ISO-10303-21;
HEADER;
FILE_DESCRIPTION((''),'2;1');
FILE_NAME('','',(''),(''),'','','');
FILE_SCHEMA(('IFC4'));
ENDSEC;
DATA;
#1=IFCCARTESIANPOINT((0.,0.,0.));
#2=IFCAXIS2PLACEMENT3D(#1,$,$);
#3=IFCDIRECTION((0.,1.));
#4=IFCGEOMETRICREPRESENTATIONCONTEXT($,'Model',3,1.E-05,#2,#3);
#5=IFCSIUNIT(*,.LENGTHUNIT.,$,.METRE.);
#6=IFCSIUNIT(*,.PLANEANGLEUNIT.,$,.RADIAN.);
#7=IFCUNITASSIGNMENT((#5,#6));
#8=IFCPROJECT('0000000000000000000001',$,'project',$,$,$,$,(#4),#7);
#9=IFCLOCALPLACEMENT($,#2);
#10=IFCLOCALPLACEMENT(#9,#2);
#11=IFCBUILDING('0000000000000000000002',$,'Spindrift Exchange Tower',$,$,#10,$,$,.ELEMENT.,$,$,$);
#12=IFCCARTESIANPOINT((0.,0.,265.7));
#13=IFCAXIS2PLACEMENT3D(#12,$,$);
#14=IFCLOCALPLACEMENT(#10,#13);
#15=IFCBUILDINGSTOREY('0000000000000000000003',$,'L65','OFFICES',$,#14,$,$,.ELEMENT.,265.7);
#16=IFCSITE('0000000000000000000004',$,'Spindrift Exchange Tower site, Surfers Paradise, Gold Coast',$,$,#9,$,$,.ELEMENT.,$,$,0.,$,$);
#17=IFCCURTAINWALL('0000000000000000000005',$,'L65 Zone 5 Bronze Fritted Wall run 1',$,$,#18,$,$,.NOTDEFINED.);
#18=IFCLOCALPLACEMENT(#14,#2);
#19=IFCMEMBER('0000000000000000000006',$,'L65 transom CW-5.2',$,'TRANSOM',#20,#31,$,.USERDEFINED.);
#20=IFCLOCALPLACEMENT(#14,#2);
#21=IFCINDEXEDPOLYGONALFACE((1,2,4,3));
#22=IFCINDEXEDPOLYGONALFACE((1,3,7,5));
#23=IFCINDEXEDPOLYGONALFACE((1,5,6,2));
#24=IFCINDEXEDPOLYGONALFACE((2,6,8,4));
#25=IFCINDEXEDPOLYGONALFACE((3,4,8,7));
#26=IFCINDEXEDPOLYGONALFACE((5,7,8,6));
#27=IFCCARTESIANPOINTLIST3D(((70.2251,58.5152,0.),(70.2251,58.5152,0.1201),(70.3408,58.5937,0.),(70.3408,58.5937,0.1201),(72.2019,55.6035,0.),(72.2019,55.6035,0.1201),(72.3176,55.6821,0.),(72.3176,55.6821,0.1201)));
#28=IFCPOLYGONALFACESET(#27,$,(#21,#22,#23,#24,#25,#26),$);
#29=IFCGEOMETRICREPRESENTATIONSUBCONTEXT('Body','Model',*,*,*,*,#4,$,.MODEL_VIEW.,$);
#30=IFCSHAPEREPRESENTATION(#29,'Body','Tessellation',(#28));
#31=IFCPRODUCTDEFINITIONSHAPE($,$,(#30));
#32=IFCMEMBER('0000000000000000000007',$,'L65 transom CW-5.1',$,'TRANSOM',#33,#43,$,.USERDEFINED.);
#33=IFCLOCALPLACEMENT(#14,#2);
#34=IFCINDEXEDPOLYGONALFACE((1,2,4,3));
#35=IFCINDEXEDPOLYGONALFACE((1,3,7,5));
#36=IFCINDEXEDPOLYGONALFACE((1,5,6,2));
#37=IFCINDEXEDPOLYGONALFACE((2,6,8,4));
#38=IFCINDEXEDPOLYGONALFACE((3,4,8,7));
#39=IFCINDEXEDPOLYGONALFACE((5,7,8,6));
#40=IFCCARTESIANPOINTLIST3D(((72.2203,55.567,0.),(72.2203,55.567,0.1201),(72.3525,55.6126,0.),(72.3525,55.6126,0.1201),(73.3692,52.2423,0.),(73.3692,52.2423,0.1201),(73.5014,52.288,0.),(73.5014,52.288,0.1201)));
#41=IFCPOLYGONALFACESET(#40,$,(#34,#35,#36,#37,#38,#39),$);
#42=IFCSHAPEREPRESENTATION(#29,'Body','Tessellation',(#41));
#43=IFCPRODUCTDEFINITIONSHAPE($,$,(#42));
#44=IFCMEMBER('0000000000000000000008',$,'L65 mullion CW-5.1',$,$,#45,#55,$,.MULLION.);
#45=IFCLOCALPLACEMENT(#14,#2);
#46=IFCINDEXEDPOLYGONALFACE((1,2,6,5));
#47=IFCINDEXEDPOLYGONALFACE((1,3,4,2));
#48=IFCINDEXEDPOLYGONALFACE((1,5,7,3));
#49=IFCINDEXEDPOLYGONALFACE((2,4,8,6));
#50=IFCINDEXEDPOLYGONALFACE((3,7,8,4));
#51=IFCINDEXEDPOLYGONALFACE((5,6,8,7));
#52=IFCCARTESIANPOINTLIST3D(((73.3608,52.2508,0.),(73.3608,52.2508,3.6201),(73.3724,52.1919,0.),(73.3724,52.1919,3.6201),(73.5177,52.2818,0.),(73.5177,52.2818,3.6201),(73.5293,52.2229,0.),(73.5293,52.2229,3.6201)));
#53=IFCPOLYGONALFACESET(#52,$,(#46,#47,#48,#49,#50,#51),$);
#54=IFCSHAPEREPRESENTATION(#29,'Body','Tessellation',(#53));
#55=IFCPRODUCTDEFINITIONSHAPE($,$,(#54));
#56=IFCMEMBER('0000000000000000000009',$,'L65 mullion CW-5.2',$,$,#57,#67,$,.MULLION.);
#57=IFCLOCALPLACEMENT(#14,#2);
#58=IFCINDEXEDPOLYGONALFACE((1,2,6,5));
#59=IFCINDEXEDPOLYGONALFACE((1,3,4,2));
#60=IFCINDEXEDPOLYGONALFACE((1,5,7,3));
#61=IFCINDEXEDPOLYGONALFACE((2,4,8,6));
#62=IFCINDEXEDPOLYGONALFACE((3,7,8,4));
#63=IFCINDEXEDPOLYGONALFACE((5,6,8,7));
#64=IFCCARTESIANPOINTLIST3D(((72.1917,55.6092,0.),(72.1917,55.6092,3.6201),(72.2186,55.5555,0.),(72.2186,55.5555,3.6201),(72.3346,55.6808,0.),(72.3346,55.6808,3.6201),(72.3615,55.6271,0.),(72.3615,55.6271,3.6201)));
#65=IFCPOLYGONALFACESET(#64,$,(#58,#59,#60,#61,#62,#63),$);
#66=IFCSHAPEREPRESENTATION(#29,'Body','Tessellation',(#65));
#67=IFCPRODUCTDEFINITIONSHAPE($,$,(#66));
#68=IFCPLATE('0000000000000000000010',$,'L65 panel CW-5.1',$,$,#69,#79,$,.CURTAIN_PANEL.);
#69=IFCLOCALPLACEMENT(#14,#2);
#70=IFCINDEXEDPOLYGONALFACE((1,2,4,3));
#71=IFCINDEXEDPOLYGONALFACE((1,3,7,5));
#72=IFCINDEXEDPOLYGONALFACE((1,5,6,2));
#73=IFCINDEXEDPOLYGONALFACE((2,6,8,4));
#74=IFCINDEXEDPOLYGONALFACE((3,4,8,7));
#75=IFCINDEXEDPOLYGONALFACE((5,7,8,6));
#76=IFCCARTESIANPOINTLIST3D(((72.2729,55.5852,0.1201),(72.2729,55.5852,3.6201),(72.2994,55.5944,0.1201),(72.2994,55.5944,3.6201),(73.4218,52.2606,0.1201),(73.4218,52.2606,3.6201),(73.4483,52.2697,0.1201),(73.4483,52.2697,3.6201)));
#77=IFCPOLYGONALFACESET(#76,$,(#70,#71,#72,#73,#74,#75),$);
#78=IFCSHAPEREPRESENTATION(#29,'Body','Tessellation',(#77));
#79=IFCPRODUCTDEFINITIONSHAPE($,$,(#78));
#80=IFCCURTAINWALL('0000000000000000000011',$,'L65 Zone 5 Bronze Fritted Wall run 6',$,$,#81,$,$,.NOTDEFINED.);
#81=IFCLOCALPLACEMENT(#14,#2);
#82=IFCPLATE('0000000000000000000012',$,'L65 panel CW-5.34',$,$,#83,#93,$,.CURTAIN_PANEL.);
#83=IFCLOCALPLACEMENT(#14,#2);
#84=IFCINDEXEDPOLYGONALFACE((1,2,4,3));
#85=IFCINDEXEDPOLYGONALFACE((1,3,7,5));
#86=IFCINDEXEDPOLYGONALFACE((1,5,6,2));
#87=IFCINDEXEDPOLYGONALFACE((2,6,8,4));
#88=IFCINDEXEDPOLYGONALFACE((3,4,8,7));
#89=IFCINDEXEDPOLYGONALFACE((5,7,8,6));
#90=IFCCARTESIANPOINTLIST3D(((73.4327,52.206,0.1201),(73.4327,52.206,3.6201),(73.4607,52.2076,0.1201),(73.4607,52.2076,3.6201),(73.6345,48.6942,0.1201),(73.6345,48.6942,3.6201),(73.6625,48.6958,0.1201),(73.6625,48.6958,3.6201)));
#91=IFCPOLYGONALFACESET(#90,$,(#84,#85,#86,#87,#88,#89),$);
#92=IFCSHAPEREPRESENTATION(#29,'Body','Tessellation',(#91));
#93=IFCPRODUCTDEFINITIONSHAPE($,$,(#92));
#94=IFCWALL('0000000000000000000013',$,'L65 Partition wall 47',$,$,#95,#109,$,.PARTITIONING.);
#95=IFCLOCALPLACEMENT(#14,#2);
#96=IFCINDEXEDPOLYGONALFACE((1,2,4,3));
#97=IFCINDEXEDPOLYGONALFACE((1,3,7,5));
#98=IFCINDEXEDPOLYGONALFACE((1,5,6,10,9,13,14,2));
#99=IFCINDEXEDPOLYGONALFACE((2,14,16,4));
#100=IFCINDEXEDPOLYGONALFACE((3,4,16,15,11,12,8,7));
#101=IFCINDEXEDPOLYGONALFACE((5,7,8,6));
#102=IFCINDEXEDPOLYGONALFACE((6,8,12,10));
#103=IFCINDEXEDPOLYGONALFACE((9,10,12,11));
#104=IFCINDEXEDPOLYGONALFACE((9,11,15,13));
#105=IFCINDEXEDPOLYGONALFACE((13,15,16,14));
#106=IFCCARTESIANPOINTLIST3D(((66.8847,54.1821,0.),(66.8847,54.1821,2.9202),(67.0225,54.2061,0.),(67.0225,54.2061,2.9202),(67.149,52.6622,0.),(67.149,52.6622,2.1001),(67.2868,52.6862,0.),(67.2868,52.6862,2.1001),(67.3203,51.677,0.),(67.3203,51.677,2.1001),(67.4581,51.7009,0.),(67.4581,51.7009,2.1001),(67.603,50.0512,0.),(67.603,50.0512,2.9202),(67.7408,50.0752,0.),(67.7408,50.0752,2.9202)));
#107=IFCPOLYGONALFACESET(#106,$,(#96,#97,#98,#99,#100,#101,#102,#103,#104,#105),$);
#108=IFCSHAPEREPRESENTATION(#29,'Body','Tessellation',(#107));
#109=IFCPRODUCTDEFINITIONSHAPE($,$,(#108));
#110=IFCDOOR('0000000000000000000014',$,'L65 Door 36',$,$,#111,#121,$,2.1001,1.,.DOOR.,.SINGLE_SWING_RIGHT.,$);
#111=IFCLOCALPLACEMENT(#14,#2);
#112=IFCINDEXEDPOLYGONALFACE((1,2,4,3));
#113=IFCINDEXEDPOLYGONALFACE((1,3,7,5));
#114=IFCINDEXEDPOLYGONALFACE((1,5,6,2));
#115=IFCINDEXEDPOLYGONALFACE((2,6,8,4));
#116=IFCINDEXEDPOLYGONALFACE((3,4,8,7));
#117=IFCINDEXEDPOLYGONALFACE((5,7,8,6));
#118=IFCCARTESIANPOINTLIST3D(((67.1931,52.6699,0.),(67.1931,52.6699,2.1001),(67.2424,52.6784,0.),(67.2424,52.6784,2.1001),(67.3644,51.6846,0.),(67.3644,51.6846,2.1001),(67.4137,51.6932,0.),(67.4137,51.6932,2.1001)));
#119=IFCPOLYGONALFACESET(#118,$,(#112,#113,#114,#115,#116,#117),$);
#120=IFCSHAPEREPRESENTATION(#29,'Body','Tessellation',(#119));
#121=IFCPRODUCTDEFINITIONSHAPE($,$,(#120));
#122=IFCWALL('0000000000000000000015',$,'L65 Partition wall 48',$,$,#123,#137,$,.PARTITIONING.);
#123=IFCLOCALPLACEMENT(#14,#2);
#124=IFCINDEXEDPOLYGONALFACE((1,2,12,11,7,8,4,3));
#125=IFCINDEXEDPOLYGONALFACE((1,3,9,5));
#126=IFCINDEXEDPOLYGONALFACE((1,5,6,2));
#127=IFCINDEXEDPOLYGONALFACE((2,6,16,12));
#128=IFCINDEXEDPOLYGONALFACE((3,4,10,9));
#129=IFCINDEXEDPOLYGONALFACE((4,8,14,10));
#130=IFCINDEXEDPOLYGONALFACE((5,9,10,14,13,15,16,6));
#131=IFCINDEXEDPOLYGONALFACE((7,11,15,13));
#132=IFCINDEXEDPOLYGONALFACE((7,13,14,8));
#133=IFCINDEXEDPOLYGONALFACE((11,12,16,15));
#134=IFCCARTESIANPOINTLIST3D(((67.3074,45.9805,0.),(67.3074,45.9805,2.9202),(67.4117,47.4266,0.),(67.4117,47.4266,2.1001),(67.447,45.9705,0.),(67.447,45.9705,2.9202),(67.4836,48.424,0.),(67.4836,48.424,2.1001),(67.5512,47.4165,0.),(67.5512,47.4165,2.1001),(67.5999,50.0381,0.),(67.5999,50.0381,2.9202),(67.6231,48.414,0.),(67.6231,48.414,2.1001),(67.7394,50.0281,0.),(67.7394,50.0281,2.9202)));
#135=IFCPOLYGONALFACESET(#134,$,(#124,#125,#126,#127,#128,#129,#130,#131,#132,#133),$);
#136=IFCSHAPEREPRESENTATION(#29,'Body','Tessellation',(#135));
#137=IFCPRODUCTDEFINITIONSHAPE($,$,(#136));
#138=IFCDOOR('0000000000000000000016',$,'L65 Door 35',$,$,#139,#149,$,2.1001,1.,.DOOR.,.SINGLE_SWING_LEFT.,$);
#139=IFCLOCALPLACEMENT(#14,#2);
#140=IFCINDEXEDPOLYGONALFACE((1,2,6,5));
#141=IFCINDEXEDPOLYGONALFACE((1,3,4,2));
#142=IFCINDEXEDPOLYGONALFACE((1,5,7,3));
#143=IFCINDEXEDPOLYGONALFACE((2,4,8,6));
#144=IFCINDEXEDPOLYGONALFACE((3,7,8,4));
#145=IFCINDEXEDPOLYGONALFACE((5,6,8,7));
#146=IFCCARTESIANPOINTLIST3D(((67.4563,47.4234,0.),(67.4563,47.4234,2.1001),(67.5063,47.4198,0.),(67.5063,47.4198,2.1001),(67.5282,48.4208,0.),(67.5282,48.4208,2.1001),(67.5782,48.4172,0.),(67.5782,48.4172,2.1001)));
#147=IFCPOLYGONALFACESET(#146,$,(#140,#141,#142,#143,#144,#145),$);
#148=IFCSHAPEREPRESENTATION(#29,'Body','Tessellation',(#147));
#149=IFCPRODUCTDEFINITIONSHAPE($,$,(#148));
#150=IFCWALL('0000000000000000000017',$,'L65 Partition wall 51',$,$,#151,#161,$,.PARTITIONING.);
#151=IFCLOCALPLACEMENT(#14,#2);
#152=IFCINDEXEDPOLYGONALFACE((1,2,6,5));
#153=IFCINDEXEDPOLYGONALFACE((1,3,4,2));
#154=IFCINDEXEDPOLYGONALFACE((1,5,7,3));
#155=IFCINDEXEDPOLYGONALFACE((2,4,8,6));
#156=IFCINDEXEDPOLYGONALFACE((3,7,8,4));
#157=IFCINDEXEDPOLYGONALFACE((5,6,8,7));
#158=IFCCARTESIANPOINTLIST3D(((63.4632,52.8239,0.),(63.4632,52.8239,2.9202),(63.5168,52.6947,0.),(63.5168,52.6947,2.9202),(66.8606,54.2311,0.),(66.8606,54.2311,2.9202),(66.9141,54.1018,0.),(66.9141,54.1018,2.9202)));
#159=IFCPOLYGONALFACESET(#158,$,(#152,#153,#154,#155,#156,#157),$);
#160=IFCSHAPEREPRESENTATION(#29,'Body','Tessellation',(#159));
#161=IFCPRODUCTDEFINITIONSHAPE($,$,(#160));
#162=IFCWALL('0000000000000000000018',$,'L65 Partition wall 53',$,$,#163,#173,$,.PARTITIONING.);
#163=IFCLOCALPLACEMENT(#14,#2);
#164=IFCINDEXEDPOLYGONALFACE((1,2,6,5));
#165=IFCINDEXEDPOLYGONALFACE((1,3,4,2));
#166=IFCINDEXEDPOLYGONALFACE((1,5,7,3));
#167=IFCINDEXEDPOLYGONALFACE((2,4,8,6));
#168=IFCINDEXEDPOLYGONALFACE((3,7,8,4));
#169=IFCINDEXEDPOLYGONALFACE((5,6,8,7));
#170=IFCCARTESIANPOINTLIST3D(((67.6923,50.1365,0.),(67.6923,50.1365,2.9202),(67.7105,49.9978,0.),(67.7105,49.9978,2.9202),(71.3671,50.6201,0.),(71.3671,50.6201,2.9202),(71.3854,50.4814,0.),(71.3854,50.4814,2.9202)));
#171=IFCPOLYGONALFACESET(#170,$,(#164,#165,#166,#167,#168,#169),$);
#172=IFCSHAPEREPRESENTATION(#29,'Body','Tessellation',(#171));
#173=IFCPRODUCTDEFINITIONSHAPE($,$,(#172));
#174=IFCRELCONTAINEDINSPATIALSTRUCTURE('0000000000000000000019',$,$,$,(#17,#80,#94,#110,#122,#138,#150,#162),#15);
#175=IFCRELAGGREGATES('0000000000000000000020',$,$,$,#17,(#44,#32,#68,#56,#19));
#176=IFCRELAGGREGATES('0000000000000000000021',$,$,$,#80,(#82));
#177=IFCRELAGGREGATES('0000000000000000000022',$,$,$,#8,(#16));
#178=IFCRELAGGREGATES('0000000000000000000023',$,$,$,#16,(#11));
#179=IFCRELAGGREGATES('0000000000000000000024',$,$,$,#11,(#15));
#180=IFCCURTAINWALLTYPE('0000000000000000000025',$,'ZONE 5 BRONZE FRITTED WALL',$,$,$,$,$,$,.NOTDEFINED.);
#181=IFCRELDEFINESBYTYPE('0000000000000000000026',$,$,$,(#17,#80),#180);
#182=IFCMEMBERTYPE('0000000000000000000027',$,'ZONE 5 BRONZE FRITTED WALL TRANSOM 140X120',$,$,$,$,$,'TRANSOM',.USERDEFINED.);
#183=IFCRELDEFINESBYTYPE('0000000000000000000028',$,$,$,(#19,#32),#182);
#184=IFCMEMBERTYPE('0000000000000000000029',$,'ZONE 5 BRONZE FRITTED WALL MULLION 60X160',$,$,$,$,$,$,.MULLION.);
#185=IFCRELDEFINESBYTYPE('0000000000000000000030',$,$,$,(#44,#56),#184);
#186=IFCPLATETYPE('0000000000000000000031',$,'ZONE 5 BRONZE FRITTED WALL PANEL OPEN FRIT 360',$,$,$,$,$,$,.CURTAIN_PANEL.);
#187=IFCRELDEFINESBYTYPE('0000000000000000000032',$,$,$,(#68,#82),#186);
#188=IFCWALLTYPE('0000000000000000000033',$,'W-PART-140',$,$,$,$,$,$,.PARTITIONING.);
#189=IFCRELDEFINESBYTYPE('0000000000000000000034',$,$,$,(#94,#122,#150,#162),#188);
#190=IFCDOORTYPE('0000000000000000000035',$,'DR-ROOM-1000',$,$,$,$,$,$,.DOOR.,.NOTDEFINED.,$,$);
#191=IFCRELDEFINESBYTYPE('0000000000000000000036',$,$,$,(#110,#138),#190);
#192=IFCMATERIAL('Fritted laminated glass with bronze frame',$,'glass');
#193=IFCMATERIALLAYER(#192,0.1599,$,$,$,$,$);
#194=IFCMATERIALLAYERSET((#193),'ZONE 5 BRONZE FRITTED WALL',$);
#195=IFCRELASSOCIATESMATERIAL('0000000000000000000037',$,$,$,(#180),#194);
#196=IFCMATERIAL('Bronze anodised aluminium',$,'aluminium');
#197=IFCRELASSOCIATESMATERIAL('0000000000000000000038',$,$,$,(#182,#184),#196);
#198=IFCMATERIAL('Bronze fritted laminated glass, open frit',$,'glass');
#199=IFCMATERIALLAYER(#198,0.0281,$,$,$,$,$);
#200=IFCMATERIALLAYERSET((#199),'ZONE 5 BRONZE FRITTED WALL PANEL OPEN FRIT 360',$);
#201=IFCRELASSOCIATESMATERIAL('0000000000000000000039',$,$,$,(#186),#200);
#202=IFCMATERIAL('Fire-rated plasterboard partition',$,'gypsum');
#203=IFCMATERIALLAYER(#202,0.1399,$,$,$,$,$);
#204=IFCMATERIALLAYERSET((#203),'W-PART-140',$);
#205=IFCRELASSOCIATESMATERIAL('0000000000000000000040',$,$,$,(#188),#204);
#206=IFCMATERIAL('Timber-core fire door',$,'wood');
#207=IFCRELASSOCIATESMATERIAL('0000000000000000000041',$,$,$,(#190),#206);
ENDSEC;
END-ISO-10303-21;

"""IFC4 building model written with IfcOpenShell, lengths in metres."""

from ifc_helpers import new_model, si_unit, direction, frame, frame_2d, origin, origin_2d, place, context, subcontext, project, spatial, rectangle, extrude, source, transform, mapped, material, layer, layer_set, material_profile, profile_set, type_object, element, fill, aggregate, save


model = new_model("IFC4")

# Units and contexts
model_context = context("Model", 3, precision=1e-05, world=origin(), true_north=direction((0.0, 1.0)))
body_context = subcontext(model_context, "Body", "Model", "MODEL_VIEW")
ifc_project = project(units=[si_unit("LENGTHUNIT", "METRE"), si_unit("PLANEANGLEUNIT", "RADIAN")], contexts=[model_context])

# Site, building, storey
site_placement = place(None, origin())
site = spatial("IfcSite", under=ifc_project, at=site_placement, Name="Spindrift Exchange Tower site, Surfers Paradise, Gold Coast", CompositionType="ELEMENT", RefElevation=0.0)
building_placement = place(site_placement, origin())
building = spatial("IfcBuilding", under=site, at=building_placement, Name="Spindrift Exchange Tower", CompositionType="ELEMENT")
storey_placement = place(building_placement, frame((0.0, 0.0, 265.7)))
storey = spatial("IfcBuildingStorey", under=building, at=storey_placement, Name="L65", Description="OFFICES", CompositionType="ELEMENT", Elevation=265.7)

# Curtain wall, members, plate
ifc_material_1 = material(Name="Fritted laminated glass with bronze frame", Category="glass")
ifc_layer_1 = layer(ifc_material_1, 0.1599)
ifc_layer_set_1 = layer_set([ifc_layer_1], Name="ZONE 5 BRONZE FRITTED WALL")
curtain_wall_type = type_object("IfcCurtainWallType", Name="ZONE 5 BRONZE FRITTED WALL", PredefinedType="NOTDEFINED", material=ifc_layer_set_1)
curtain_wall_1_placement = place(storey_placement, origin())
curtain_wall_1 = element("IfcCurtainWall", 1, at=curtain_wall_1_placement, inside=storey, type_object=curtain_wall_type, Name="L65 Zone 5 Bronze Fritted Wall run 1", PredefinedType="NOTDEFINED")
ifc_material_2 = material(Name="Bronze anodised aluminium", Category="aluminium")
ifc_material_profile_1 = material_profile(ifc_material_2, rectangle(XDim=0.1399, YDim=0.1201, at=origin_2d()), Name="ZONE 5 BRONZE FRITTED WALL TRANSOM 140X120")
ifc_profile_set_1 = profile_set([ifc_material_profile_1], Name="Bronze anodised aluminium")
member_type_1 = type_object("IfcMemberType", Name="ZONE 5 BRONZE FRITTED WALL TRANSOM 140X120", ElementType="TRANSOM", PredefinedType="USERDEFINED", material=ifc_profile_set_1)
shared_shape_1 = source(origin(), body_context, "Body", "SweptSolid", [
    extrude(rectangle(XDim=0.1399, YDim=0.1201, at=origin_2d()), origin(), (0.0, 0.0, 1.0), 3.5193),
])
member_1_placement = place(storey_placement, frame((72.2598, 55.6428, 0.0601), z_axis=(-0.561708, 0.827335, 0.0), x_axis=(-0.827335, -0.561708, 0.0)))
member_1 = element("IfcMember", 2, at=member_1_placement, type_object=member_type_1, Name="L65 transom CW-5.2", ObjectType="TRANSOM", PredefinedType="USERDEFINED", context=body_context, shape_type="MappedRepresentation", body=[
    mapped(shared_shape_1, transform((0.0, 0.0, 0.0), scale=1.0)),
])
shared_shape_2 = source(origin(), body_context, "Body", "SweptSolid", [
    extrude(rectangle(XDim=0.1399, YDim=0.1201, at=origin_2d()), origin(), (0.0, 0.0, 1.0), 3.5176),
])
member_2_placement = place(storey_placement, frame((73.4353, 52.2651, 0.0601), z_axis=(-0.326619, 0.945156, 0.0), x_axis=(-0.945156, -0.326619, 0.0)))
member_2 = element("IfcMember", 3, at=member_2_placement, type_object=member_type_1, Name="L65 transom CW-5.1", ObjectType="TRANSOM", PredefinedType="USERDEFINED", context=body_context, shape_type="MappedRepresentation", body=[
    mapped(shared_shape_2, transform((0.0, 0.0, 0.0), scale=1.0)),
])
ifc_material_profile_2 = material_profile(ifc_material_2, rectangle(XDim=0.0601, YDim=0.1599, at=origin_2d()), Name="ZONE 5 BRONZE FRITTED WALL MULLION 60X160")
ifc_profile_set_2 = profile_set([ifc_material_profile_2], Name="Bronze anodised aluminium")
member_type_2 = type_object("IfcMemberType", Name="ZONE 5 BRONZE FRITTED WALL MULLION 60X160", PredefinedType="MULLION", material=ifc_profile_set_2)
shared_shape_3 = source(origin(), body_context, "Body", "SweptSolid", [
    extrude(rectangle(XDim=0.0601, YDim=0.1599, at=origin_2d()), origin(), (0.0, 0.0, 1.0), 3.6201),
])
member_3_placement = place(storey_placement, frame((73.4451, 52.2368, 0.0), z_axis=(0.0, 0.0, 1.0), x_axis=(-0.193821, 0.981037, 0.0)))
member_3 = element("IfcMember", 4, at=member_3_placement, type_object=member_type_2, Name="L65 mullion CW-5.1", PredefinedType="MULLION", context=body_context, shape_type="MappedRepresentation", body=[
    mapped(shared_shape_3, transform((0.0, 0.0, 0.0), scale=1.0)),
])
member_4_placement = place(storey_placement, frame((72.2766, 55.6182, 0.0), z_axis=(0.0, 0.0, 1.0), x_axis=(-0.448055, 0.894006, 0.0)))
member_4 = element("IfcMember", 5, at=member_4_placement, type_object=member_type_2, Name="L65 mullion CW-5.2", PredefinedType="MULLION", context=body_context, shape_type="MappedRepresentation", body=[
    mapped(shared_shape_3, transform((0.0, 0.0, 0.0), scale=1.0)),
])
ifc_material_3 = material(Name="Bronze fritted laminated glass, open frit", Category="glass")
ifc_layer_2 = layer(ifc_material_3, 0.0281)
ifc_layer_set_2 = layer_set([ifc_layer_2], Name="ZONE 5 BRONZE FRITTED WALL PANEL OPEN FRIT 360")
plate_type = type_object("IfcPlateType", Name="ZONE 5 BRONZE FRITTED WALL PANEL OPEN FRIT 360", PredefinedType="CURTAIN_PANEL", material=ifc_layer_set_2)
shared_shape_4 = source(origin(), body_context, "Body", "SweptSolid", [
    extrude(rectangle(XDim=3.5176, YDim=0.0281, at=origin_2d()), origin(), (0.0, 0.0, 1.0), 3.5),
])
plate_1_placement = place(storey_placement, frame((72.8606, 53.9275, 0.1201), z_axis=(0.0, 0.0, 1.0), x_axis=(-0.326616, 0.945157, 0.0)))
plate_1 = element("IfcPlate", 6, at=plate_1_placement, type_object=plate_type, Name="L65 panel CW-5.1", PredefinedType="CURTAIN_PANEL", context=body_context, shape_type="MappedRepresentation", body=[
    mapped(shared_shape_4, transform((0.0, 0.0, 0.0), scale=1.0)),
])
aggregate(curtain_wall_1, [member_3, member_2, plate_1, member_4, member_1])

# Curtain wall, plate
curtain_wall_2_placement = place(storey_placement, origin())
curtain_wall_2 = element("IfcCurtainWall", 7, at=curtain_wall_2_placement, inside=storey, type_object=curtain_wall_type, Name="L65 Zone 5 Bronze Fritted Wall run 6", PredefinedType="NOTDEFINED")
plate_2_placement = place(storey_placement, frame((73.5476, 50.4509, 0.1201), z_axis=(0.0, 0.0, 1.0), x_axis=(-0.057358, 0.998354, 0.0)))
plate_2 = element("IfcPlate", 8, at=plate_2_placement, type_object=plate_type, Name="L65 panel CW-5.34", PredefinedType="CURTAIN_PANEL", context=body_context, shape_type="MappedRepresentation", body=[
    mapped(shared_shape_4, transform((0.0, 0.0, 0.0), scale=1.0)),
])
aggregate(curtain_wall_2, [plate_2])

# Walls, openings, doors
ifc_material_4 = material(Name="Fire-rated plasterboard partition", Category="gypsum")
ifc_layer_3 = layer(ifc_material_4, 0.1399)
ifc_layer_set_3 = layer_set([ifc_layer_3], Name="W-PART-140")
wall_type = type_object("IfcWallType", Name="W-PART-140", PredefinedType="PARTITIONING", material=ifc_layer_set_3)
wall_1_placement = place(storey_placement, frame((66.9536, 54.1941, 0.0), z_axis=(0.0, 0.0, 1.0), x_axis=(0.171307, -0.985218, 0.0)))
wall_1 = element("IfcWall", 9, at=wall_1_placement, inside=storey, type_object=wall_type, Name="L65 Partition wall 47", PredefinedType="PARTITIONING", context=body_context, shape_type="SweptSolid", body=[
    extrude(rectangle(XDim=4.1929, YDim=0.1399, at=frame_2d((2.0964, 0.0))), origin(), (0.0, 0.0, 1.0), 2.9202),
])
opening_1_placement = place(wall_1_placement, frame((1.5427, 0.0, 0.0)))
opening_1 = element("IfcOpeningElement", 10, at=opening_1_placement, cuts=wall_1, PredefinedType="OPENING", context=body_context, shape_type="SweptSolid", body=[
    extrude(rectangle(XDim=1.0, YDim=2.1001, at=frame_2d((0.5, 1.05))), frame((0.0, 0.0798, 0.0), z_axis=(0.0, -1.0, 0.0), x_axis=(1.0, 0.0, 0.0)), (0.0, 0.0, 1.0), 0.1599),
])
ifc_material_5 = material(Name="Timber-core fire door", Category="wood")
door_type = type_object("IfcDoorType", Name="DR-ROOM-1000", OperationType="NOTDEFINED", PredefinedType="DOOR", material=ifc_material_5)
shared_shape_5 = source(origin(), body_context, "Body", "SweptSolid", [
    extrude(rectangle(XDim=1.0, YDim=2.1001, at=frame_2d((0.5, 1.05))), frame((0.0, 0.0249, 0.0), z_axis=(0.0, -1.0, 0.0), x_axis=(1.0, 0.0, 0.0)), (0.0, 0.0, 1.0), 0.05),
])
door_1_placement = place(opening_1_placement, origin())
door_1 = element("IfcDoor", 11, at=door_1_placement, inside=storey, type_object=door_type, Name="L65 Door 36", OperationType="SINGLE_SWING_RIGHT", OverallHeight=2.1001, OverallWidth=1.0, PredefinedType="DOOR", context=body_context, shape_type="MappedRepresentation", body=[
    mapped(shared_shape_5, transform((0.0, 0.0, 0.0), scale=1.0)),
])
fill(opening_1, door_1)
wall_2_placement = place(storey_placement, frame((67.6697, 50.0332, 0.0), z_axis=(0.0, 0.0, 1.0), x_axis=(-0.071895, -0.997412, 0.0)))
wall_2 = element("IfcWall", 12, at=wall_2_placement, inside=storey, type_object=wall_type, Name="L65 Partition wall 48", PredefinedType="PARTITIONING", context=body_context, shape_type="SweptSolid", body=[
    extrude(rectangle(XDim=4.0681, YDim=0.1399, at=frame_2d((2.0342, 0.0))), origin(), (0.0, 0.0, 1.0), 2.9202),
])
opening_2_placement = place(wall_2_placement, frame((1.6184, 0.0, 0.0)))
opening_2 = element("IfcOpeningElement", 13, at=opening_2_placement, cuts=wall_2, PredefinedType="OPENING", context=body_context, shape_type="SweptSolid", body=[
    extrude(rectangle(XDim=1.0, YDim=2.1001, at=frame_2d((0.5, 1.05))), frame((0.0, 0.0798, 0.0), z_axis=(0.0, -1.0, 0.0), x_axis=(1.0, 0.0, 0.0)), (0.0, 0.0, 1.0), 0.1599),
])
door_2_placement = place(opening_2_placement, origin())
door_2 = element("IfcDoor", 14, at=door_2_placement, inside=storey, type_object=door_type, Name="L65 Door 35", OperationType="SINGLE_SWING_LEFT", OverallHeight=2.1001, OverallWidth=1.0, PredefinedType="DOOR", context=body_context, shape_type="MappedRepresentation", body=[
    mapped(shared_shape_5, transform((0.0, 0.0, 0.0), scale=1.0)),
])
fill(opening_2, door_2)

# Walls
wall_3_placement = place(storey_placement, frame((63.49, 52.7593, 0.0), z_axis=(0.0, 0.0, 1.0), x_axis=(0.923884, 0.382672, 0.0)))
element("IfcWall", 15, at=wall_3_placement, inside=storey, type_object=wall_type, Name="L65 Partition wall 51", PredefinedType="PARTITIONING", context=body_context, shape_type="SweptSolid", body=[
    extrude(rectangle(XDim=3.6772, YDim=0.1399, at=frame_2d((1.8386, 0.0))), origin(), (0.0, 0.0, 1.0), 2.9202),
])
wall_4_placement = place(storey_placement, frame((67.7014, 50.0671, 0.0), z_axis=(0.0, 0.0, 1.0), x_axis=(0.99145, 0.130485, 0.0)))
element("IfcWall", 16, at=wall_4_placement, inside=storey, type_object=wall_type, Name="L65 Partition wall 53", PredefinedType="PARTITIONING", context=body_context, shape_type="SweptSolid", body=[
    extrude(rectangle(XDim=3.7065, YDim=0.1399, at=frame_2d((1.8533, 0.0))), origin(), (0.0, 0.0, 1.0), 2.9202),
])

save(model, "model.ifc")
